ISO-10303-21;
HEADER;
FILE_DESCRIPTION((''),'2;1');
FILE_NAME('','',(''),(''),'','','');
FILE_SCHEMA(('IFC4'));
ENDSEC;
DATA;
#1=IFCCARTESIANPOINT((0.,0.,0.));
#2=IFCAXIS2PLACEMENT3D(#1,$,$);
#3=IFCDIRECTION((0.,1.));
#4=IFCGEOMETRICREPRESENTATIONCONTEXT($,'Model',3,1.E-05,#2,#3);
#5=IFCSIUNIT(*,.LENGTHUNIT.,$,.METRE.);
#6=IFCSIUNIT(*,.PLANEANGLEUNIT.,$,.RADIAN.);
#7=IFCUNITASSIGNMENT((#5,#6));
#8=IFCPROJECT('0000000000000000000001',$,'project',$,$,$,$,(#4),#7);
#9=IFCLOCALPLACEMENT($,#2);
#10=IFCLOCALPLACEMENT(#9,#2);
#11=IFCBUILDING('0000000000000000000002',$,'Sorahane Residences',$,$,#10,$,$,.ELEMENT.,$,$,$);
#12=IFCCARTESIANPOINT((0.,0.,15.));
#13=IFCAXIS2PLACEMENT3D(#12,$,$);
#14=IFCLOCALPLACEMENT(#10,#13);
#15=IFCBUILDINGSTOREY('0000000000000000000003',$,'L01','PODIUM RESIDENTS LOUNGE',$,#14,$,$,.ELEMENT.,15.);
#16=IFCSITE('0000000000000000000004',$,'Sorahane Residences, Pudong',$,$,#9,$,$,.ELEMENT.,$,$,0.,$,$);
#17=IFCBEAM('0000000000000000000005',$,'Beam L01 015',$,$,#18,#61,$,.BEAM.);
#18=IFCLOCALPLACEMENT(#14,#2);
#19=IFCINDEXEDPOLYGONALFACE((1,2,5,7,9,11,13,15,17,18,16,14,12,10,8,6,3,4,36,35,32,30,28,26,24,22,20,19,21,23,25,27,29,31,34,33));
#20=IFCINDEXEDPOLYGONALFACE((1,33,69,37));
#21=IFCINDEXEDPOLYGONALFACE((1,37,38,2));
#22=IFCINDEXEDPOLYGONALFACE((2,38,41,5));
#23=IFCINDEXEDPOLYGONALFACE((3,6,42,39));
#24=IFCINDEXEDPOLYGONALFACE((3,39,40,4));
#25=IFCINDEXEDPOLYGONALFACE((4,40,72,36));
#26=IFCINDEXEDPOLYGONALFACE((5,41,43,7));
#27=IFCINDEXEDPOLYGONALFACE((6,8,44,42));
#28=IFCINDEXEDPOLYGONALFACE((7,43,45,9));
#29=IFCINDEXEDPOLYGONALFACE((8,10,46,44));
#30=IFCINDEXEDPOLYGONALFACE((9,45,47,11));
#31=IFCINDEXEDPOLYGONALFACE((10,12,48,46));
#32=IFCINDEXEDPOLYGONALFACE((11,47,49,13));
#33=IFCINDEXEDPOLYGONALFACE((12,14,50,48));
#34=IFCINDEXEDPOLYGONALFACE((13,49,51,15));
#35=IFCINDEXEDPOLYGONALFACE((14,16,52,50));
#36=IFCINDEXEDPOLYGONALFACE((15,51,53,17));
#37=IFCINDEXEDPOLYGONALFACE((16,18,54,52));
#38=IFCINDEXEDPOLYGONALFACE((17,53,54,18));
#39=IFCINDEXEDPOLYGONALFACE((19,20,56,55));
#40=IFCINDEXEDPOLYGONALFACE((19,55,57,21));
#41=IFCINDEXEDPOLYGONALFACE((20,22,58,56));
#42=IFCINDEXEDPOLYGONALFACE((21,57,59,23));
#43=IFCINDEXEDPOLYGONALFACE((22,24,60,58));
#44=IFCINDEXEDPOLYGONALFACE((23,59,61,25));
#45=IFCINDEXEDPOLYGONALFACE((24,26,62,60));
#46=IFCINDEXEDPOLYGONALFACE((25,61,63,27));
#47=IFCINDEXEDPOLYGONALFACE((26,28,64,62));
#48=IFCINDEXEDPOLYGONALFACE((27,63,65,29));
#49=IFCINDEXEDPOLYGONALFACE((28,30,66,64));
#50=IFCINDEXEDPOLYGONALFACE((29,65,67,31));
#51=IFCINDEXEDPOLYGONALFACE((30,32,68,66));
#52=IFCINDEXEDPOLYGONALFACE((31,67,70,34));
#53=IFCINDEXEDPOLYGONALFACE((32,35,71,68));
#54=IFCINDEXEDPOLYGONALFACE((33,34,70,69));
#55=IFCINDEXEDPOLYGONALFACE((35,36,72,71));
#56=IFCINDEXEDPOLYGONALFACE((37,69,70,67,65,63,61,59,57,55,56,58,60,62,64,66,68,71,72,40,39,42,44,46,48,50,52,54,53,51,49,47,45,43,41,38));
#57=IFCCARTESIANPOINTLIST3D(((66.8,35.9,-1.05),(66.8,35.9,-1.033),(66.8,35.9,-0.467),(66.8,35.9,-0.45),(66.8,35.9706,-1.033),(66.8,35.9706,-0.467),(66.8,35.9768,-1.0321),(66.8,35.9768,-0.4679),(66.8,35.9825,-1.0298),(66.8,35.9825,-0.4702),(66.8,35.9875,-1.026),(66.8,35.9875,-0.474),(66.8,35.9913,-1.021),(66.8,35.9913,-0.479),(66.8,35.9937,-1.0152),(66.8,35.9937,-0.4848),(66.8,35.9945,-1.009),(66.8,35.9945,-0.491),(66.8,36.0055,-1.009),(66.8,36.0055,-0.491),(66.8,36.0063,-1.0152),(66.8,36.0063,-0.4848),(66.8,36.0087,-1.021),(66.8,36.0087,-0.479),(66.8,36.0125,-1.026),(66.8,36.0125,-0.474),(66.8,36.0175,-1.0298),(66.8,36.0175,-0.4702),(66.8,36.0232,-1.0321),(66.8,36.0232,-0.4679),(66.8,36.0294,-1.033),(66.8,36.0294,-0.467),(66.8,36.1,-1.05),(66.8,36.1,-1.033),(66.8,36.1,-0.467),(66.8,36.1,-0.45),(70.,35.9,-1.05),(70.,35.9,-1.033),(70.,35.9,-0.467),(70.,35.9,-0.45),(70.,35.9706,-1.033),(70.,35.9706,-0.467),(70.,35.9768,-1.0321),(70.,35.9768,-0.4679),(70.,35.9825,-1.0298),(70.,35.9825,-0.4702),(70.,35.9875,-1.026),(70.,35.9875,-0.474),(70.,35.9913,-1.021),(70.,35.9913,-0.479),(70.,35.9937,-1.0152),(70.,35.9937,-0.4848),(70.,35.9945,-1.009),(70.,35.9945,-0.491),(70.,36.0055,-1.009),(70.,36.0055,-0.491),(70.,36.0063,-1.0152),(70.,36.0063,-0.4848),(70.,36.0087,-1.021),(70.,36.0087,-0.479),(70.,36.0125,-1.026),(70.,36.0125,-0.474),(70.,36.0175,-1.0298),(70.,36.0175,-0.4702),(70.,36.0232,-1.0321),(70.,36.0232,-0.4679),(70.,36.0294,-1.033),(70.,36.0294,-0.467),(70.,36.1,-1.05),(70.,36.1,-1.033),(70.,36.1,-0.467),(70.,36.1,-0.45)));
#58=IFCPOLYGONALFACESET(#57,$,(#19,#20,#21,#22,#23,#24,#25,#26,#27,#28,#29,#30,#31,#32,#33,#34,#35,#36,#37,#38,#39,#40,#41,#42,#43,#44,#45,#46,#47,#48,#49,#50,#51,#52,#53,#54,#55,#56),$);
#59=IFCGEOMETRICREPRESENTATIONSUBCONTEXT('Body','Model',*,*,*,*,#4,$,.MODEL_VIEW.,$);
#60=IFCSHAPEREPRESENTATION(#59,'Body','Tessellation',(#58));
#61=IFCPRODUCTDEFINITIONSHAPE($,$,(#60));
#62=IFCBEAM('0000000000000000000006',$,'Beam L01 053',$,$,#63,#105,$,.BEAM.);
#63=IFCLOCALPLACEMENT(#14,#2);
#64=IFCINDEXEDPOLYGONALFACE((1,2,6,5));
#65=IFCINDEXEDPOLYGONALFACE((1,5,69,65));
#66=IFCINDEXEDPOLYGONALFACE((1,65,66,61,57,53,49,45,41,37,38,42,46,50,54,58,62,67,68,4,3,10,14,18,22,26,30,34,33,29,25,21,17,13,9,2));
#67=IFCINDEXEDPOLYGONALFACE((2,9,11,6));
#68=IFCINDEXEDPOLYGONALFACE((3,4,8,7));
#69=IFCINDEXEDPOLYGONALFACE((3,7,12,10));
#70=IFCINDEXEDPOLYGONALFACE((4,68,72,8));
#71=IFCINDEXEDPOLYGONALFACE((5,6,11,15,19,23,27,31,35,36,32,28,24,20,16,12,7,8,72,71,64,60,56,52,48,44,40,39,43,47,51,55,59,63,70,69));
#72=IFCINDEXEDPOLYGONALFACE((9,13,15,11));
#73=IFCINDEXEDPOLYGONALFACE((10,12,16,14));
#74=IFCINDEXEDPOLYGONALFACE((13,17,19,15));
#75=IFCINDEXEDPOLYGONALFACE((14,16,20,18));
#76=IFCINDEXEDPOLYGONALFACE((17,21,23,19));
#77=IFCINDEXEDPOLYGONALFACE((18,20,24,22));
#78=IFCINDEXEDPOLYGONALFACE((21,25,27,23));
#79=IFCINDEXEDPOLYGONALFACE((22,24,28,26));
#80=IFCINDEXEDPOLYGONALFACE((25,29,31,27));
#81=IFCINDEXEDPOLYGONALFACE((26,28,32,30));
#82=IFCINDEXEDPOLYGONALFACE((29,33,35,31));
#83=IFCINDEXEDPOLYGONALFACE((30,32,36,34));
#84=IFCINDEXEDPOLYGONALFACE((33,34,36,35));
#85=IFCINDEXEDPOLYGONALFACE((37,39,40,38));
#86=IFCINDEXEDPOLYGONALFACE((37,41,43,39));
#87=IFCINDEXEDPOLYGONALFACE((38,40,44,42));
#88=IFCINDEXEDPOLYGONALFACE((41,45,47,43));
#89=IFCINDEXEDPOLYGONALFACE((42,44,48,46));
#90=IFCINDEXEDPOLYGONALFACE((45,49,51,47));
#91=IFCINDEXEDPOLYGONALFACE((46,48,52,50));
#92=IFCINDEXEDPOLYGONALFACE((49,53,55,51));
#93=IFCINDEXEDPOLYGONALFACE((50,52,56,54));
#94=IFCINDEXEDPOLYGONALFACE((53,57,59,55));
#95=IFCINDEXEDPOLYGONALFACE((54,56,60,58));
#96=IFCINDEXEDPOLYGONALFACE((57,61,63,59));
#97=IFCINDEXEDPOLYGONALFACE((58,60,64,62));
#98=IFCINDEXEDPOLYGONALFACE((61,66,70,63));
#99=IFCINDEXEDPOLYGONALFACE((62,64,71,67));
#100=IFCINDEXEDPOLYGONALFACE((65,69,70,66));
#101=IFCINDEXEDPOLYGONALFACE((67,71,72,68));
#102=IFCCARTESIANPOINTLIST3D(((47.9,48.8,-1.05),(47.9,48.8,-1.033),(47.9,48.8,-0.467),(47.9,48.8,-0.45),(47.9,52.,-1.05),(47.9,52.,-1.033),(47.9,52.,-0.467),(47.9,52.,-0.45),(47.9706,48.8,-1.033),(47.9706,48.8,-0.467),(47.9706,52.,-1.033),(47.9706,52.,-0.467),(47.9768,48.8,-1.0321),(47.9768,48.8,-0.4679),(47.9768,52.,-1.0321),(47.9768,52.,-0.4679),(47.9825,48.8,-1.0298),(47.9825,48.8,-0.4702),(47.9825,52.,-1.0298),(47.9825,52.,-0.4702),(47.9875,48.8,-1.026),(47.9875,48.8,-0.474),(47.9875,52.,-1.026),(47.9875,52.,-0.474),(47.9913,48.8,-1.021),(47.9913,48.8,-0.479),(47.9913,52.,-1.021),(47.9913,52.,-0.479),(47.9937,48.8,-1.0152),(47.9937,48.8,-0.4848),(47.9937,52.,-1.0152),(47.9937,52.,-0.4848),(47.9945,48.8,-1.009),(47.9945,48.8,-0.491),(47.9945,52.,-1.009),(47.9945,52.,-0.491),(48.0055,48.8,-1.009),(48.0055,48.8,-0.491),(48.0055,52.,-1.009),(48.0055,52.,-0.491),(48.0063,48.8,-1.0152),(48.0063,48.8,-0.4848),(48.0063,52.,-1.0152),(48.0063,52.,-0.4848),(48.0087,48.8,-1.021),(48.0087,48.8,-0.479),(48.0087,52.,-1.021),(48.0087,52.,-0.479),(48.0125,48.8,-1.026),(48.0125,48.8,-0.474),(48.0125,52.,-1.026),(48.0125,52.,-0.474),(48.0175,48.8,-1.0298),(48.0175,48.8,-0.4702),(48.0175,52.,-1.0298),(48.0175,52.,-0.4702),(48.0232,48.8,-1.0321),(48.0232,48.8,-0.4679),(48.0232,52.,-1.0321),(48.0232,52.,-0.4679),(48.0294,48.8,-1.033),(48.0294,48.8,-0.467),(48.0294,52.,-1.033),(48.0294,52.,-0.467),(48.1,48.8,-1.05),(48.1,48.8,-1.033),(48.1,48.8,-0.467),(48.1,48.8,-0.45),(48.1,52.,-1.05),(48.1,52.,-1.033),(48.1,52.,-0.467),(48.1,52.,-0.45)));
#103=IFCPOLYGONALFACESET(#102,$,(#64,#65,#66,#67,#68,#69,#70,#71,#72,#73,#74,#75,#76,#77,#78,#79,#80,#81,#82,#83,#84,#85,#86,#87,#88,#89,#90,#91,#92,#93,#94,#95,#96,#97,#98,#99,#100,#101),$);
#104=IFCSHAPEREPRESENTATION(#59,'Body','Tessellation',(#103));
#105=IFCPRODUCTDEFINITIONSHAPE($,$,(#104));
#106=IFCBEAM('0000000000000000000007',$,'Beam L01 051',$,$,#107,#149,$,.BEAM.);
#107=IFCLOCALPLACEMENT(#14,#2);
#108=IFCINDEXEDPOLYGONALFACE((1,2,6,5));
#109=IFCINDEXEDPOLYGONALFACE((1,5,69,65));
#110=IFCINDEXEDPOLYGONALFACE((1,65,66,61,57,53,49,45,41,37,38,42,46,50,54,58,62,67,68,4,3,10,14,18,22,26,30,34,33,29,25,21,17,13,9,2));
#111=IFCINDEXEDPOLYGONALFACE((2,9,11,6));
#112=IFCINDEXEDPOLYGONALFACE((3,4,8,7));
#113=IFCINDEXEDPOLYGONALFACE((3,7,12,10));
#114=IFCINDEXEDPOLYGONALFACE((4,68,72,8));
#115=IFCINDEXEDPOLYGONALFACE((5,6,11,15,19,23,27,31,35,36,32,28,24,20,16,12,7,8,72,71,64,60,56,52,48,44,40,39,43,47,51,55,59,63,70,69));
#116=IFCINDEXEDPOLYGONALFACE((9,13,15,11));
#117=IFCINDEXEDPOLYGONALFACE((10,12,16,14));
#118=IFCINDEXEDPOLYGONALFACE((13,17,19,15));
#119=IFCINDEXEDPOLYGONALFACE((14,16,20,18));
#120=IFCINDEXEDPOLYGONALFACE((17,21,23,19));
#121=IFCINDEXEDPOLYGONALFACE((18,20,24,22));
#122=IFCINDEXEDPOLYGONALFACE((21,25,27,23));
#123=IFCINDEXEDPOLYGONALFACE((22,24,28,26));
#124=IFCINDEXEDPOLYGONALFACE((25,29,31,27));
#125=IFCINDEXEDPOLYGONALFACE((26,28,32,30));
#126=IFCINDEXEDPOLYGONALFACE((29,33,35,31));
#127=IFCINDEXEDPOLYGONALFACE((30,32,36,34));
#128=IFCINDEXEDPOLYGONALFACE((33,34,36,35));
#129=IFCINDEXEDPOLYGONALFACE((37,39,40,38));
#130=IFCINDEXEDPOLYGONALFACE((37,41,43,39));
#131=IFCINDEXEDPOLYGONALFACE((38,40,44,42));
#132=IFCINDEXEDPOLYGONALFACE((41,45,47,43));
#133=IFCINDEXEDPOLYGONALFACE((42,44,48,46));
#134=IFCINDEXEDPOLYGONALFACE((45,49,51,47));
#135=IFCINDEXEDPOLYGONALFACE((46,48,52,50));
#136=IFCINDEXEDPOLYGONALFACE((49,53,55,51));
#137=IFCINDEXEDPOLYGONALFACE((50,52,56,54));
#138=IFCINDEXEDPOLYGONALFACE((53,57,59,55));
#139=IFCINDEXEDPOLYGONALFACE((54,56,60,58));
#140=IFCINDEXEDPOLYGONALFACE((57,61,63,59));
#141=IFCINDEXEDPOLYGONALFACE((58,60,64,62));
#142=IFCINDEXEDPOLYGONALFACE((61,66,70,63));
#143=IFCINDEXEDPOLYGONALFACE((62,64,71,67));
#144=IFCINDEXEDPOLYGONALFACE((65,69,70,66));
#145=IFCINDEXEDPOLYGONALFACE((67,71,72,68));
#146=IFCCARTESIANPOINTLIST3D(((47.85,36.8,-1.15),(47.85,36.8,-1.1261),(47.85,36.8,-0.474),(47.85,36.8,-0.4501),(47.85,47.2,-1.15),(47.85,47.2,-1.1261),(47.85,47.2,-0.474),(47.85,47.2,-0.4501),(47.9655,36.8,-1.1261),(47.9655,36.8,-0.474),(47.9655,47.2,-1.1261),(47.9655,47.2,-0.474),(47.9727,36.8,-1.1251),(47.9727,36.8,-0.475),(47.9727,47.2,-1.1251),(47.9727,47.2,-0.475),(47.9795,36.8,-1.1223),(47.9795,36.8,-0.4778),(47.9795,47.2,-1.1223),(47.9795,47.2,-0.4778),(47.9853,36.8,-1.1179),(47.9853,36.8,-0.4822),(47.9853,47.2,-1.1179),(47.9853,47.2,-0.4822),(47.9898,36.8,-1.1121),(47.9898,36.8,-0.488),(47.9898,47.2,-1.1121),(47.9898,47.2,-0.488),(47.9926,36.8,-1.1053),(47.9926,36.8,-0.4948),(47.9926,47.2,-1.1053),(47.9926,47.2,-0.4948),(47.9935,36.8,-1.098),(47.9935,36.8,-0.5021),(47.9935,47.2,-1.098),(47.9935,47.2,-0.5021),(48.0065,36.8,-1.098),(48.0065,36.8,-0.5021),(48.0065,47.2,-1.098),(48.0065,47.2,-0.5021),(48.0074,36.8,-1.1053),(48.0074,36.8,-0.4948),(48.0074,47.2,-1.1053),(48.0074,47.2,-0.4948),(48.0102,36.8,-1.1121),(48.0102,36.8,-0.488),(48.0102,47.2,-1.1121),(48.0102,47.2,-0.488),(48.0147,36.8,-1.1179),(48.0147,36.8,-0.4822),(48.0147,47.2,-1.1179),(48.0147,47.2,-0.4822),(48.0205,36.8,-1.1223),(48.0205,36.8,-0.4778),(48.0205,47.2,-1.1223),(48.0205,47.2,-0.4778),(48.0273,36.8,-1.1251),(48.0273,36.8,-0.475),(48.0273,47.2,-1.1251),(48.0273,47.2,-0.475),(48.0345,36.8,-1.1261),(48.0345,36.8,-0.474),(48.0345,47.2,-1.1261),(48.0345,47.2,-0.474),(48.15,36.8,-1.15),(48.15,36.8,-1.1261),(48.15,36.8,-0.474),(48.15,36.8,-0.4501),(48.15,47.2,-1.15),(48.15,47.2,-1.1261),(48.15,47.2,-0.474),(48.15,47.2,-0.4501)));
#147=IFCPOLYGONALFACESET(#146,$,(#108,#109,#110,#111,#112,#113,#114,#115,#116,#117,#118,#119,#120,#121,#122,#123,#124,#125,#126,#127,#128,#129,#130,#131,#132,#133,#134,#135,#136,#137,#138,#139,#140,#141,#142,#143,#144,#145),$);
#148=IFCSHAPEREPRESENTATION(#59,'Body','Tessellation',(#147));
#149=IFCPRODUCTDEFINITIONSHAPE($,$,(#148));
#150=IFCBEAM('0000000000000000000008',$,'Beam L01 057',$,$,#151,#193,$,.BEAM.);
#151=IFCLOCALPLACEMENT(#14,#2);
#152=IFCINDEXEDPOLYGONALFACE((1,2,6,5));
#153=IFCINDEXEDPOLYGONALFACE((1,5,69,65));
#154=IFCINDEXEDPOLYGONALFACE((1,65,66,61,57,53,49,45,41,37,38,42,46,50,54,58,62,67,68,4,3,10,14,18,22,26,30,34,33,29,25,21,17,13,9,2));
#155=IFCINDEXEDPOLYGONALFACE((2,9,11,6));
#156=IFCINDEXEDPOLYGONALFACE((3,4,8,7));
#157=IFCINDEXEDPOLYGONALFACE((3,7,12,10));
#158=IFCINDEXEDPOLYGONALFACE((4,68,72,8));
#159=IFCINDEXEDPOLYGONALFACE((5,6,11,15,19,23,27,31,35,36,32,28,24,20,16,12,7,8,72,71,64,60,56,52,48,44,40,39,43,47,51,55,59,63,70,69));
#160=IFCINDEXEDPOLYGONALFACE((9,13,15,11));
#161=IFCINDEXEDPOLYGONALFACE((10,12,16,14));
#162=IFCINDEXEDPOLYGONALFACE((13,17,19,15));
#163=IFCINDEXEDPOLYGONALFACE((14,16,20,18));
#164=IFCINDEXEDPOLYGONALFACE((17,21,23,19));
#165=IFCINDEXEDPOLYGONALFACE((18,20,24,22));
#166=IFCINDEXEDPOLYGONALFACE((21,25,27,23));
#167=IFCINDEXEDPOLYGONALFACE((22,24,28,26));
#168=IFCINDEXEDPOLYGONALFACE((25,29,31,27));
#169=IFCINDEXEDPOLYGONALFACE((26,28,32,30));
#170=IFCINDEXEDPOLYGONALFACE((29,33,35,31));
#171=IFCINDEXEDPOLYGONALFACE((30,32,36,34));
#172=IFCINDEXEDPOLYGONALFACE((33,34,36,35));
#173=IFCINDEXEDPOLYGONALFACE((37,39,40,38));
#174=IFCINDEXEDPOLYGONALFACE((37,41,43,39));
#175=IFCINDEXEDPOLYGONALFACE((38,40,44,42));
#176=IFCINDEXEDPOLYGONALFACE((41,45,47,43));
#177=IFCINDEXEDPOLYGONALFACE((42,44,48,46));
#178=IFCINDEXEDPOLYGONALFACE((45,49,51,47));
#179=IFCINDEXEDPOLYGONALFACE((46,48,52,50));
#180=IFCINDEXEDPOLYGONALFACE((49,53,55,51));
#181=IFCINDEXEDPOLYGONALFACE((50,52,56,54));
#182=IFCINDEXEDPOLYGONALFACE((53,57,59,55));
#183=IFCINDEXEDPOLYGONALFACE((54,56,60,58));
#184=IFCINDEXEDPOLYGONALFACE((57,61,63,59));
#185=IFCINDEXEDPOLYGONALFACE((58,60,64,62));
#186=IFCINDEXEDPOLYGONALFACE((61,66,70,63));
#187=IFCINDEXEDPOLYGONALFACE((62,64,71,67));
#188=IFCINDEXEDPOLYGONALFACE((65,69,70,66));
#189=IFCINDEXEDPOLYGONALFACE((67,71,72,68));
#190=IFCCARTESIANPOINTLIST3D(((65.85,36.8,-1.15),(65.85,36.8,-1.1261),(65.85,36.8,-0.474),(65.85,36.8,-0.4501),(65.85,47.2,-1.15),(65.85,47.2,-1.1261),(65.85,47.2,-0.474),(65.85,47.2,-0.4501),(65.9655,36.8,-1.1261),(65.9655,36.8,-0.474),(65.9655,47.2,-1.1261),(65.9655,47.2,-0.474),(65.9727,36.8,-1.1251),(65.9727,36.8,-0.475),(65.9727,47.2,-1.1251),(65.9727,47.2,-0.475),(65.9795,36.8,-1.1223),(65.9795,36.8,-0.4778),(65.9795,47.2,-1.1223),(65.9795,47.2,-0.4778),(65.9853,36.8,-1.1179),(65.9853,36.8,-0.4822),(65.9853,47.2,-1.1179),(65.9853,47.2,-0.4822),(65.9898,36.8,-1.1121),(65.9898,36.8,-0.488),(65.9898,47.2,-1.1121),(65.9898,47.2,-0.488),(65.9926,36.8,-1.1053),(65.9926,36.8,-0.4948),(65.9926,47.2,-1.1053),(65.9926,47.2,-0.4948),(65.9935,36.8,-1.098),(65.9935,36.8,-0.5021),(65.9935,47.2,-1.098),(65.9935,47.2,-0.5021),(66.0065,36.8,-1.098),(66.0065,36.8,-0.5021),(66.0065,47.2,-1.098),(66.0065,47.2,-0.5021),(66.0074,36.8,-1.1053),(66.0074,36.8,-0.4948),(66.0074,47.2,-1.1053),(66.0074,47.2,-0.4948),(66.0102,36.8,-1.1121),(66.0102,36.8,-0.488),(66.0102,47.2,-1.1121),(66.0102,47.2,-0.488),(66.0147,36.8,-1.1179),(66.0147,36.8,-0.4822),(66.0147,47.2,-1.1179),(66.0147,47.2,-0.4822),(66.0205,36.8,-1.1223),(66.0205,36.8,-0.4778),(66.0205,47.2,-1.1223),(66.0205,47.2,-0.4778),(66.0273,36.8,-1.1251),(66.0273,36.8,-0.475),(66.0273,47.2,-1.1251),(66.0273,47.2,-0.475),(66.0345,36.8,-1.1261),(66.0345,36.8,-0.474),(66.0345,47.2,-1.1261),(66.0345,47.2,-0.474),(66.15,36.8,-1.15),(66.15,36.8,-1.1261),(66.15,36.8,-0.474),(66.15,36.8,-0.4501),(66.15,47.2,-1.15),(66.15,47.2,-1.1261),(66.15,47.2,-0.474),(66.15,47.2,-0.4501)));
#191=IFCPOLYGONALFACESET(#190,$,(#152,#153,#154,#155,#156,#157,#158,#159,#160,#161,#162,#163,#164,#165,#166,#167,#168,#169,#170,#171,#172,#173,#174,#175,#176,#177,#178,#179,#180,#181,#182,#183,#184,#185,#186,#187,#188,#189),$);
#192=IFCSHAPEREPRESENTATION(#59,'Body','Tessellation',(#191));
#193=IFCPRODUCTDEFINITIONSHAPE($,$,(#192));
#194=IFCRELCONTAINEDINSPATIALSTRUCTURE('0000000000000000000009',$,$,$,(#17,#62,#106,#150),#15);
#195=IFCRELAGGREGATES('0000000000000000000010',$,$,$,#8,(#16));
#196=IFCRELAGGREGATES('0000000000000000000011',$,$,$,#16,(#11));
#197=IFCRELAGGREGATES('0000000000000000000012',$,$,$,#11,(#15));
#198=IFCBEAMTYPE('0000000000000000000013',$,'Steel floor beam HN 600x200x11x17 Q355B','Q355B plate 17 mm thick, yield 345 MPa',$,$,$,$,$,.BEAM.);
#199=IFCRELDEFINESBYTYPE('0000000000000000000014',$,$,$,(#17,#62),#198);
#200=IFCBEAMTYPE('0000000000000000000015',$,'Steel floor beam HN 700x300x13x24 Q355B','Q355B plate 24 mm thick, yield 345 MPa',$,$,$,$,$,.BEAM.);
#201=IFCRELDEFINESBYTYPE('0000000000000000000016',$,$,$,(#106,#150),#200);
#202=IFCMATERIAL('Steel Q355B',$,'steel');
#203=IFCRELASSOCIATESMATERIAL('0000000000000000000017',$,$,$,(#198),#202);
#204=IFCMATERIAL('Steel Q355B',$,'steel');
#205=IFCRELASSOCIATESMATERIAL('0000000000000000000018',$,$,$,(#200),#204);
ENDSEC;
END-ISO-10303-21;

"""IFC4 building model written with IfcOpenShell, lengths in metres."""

from ifc_helpers import new_model, si_unit, direction, frame, origin, origin_2d, place, context, subcontext, project, spatial, i_section, extrude, material, material_profile, profile_set, type_object, element, save


model = new_model("IFC4")

# Units and contexts
model_context = context("Model", 3, precision=1e-05, world=origin(), true_north=direction((0.0, 1.0)))
body_context = subcontext(model_context, "Body", "Model", "MODEL_VIEW")
ifc_project = project(units=[si_unit("LENGTHUNIT", "METRE"), si_unit("PLANEANGLEUNIT", "RADIAN")], contexts=[model_context])

# Site, building, storey
site_placement = place(None, origin())
site = spatial("IfcSite", under=ifc_project, at=site_placement, Name="Sorahane Residences, Pudong", CompositionType="ELEMENT", RefElevation=0.0)
building_placement = place(site_placement, origin())
building = spatial("IfcBuilding", under=site, at=building_placement, Name="Sorahane Residences", CompositionType="ELEMENT")
storey_placement = place(building_placement, frame((0.0, 0.0, 15.0)))
storey = spatial("IfcBuildingStorey", under=building, at=storey_placement, Name="L01", Description="PODIUM RESIDENTS LOUNGE", CompositionType="ELEMENT", Elevation=15.0)

# Beams
ifc_material_1 = material(Name="Steel Q355B", Category="steel")
ifc_material_profile_1 = material_profile(ifc_material_1, i_section(OverallWidth=0.2, OverallDepth=0.6001, WebThickness=0.011, FlangeThickness=0.0171, FilletRadius=0.0239, at=origin_2d()), Name="HN 600x200x11x17")
ifc_profile_set_1 = profile_set([ifc_material_profile_1], Name="Steel Q355B")
beam_type_1 = type_object("IfcBeamType", Name="Steel floor beam HN 600x200x11x17 Q355B", Description="Q355B plate 17 mm thick, yield 345 MPa", PredefinedType="BEAM", material=ifc_profile_set_1)
for number, where, z_axis, x_axis, name in (
    (1, (66.8, 36.0, -0.75), (1.0, 0.0, 0.0), (0.0, 1.0, 0.0), "Beam L01 015"),
    (2, (48.0, 48.8, -0.75), (0.0, 1.0, 0.0), (-1.0, 0.0, 0.0), "Beam L01 053"),
):
    element("IfcBeam", number, at=place(storey_placement, frame(where, z_axis=z_axis, x_axis=x_axis)), inside=storey, type_object=beam_type_1, Name=name, PredefinedType="BEAM", context=body_context, shape_type="SweptSolid", body=[
        extrude(i_section(OverallWidth=0.2, OverallDepth=0.6001, WebThickness=0.011, FlangeThickness=0.0171, FilletRadius=0.0239, at=origin_2d()), origin(), (0.0, 0.0, 1.0), 3.2),
    ])
ifc_material_2 = material(Name="Steel Q355B", Category="steel")
ifc_material_profile_2 = material_profile(ifc_material_2, i_section(OverallWidth=0.3, OverallDepth=0.7, WebThickness=0.0129, FlangeThickness=0.0239, FilletRadius=0.0281, at=origin_2d()), Name="HN 700x300x13x24")
ifc_profile_set_2 = profile_set([ifc_material_profile_2], Name="Steel Q355B")
beam_type_2 = type_object("IfcBeamType", Name="Steel floor beam HN 700x300x13x24 Q355B", Description="Q355B plate 24 mm thick, yield 345 MPa", PredefinedType="BEAM", material=ifc_profile_set_2)
for number, where, z_axis, x_axis, name in (
    (3, (48.0, 36.8, -0.8), (0.0, 1.0, 0.0), (-1.0, 0.0, 0.0), "Beam L01 051"),
    (4, (66.0, 36.8, -0.8), (0.0, 1.0, 0.0), (-1.0, 0.0, 0.0), "Beam L01 057"),
):
    element("IfcBeam", number, at=place(storey_placement, frame(where, z_axis=z_axis, x_axis=x_axis)), inside=storey, type_object=beam_type_2, Name=name, PredefinedType="BEAM", context=body_context, shape_type="SweptSolid", body=[
        extrude(i_section(OverallWidth=0.3, OverallDepth=0.7, WebThickness=0.0129, FlangeThickness=0.0239, FilletRadius=0.0281, at=origin_2d()), origin(), (0.0, 0.0, 1.0), 10.3999),
    ])

save(model, "model.ifc")
